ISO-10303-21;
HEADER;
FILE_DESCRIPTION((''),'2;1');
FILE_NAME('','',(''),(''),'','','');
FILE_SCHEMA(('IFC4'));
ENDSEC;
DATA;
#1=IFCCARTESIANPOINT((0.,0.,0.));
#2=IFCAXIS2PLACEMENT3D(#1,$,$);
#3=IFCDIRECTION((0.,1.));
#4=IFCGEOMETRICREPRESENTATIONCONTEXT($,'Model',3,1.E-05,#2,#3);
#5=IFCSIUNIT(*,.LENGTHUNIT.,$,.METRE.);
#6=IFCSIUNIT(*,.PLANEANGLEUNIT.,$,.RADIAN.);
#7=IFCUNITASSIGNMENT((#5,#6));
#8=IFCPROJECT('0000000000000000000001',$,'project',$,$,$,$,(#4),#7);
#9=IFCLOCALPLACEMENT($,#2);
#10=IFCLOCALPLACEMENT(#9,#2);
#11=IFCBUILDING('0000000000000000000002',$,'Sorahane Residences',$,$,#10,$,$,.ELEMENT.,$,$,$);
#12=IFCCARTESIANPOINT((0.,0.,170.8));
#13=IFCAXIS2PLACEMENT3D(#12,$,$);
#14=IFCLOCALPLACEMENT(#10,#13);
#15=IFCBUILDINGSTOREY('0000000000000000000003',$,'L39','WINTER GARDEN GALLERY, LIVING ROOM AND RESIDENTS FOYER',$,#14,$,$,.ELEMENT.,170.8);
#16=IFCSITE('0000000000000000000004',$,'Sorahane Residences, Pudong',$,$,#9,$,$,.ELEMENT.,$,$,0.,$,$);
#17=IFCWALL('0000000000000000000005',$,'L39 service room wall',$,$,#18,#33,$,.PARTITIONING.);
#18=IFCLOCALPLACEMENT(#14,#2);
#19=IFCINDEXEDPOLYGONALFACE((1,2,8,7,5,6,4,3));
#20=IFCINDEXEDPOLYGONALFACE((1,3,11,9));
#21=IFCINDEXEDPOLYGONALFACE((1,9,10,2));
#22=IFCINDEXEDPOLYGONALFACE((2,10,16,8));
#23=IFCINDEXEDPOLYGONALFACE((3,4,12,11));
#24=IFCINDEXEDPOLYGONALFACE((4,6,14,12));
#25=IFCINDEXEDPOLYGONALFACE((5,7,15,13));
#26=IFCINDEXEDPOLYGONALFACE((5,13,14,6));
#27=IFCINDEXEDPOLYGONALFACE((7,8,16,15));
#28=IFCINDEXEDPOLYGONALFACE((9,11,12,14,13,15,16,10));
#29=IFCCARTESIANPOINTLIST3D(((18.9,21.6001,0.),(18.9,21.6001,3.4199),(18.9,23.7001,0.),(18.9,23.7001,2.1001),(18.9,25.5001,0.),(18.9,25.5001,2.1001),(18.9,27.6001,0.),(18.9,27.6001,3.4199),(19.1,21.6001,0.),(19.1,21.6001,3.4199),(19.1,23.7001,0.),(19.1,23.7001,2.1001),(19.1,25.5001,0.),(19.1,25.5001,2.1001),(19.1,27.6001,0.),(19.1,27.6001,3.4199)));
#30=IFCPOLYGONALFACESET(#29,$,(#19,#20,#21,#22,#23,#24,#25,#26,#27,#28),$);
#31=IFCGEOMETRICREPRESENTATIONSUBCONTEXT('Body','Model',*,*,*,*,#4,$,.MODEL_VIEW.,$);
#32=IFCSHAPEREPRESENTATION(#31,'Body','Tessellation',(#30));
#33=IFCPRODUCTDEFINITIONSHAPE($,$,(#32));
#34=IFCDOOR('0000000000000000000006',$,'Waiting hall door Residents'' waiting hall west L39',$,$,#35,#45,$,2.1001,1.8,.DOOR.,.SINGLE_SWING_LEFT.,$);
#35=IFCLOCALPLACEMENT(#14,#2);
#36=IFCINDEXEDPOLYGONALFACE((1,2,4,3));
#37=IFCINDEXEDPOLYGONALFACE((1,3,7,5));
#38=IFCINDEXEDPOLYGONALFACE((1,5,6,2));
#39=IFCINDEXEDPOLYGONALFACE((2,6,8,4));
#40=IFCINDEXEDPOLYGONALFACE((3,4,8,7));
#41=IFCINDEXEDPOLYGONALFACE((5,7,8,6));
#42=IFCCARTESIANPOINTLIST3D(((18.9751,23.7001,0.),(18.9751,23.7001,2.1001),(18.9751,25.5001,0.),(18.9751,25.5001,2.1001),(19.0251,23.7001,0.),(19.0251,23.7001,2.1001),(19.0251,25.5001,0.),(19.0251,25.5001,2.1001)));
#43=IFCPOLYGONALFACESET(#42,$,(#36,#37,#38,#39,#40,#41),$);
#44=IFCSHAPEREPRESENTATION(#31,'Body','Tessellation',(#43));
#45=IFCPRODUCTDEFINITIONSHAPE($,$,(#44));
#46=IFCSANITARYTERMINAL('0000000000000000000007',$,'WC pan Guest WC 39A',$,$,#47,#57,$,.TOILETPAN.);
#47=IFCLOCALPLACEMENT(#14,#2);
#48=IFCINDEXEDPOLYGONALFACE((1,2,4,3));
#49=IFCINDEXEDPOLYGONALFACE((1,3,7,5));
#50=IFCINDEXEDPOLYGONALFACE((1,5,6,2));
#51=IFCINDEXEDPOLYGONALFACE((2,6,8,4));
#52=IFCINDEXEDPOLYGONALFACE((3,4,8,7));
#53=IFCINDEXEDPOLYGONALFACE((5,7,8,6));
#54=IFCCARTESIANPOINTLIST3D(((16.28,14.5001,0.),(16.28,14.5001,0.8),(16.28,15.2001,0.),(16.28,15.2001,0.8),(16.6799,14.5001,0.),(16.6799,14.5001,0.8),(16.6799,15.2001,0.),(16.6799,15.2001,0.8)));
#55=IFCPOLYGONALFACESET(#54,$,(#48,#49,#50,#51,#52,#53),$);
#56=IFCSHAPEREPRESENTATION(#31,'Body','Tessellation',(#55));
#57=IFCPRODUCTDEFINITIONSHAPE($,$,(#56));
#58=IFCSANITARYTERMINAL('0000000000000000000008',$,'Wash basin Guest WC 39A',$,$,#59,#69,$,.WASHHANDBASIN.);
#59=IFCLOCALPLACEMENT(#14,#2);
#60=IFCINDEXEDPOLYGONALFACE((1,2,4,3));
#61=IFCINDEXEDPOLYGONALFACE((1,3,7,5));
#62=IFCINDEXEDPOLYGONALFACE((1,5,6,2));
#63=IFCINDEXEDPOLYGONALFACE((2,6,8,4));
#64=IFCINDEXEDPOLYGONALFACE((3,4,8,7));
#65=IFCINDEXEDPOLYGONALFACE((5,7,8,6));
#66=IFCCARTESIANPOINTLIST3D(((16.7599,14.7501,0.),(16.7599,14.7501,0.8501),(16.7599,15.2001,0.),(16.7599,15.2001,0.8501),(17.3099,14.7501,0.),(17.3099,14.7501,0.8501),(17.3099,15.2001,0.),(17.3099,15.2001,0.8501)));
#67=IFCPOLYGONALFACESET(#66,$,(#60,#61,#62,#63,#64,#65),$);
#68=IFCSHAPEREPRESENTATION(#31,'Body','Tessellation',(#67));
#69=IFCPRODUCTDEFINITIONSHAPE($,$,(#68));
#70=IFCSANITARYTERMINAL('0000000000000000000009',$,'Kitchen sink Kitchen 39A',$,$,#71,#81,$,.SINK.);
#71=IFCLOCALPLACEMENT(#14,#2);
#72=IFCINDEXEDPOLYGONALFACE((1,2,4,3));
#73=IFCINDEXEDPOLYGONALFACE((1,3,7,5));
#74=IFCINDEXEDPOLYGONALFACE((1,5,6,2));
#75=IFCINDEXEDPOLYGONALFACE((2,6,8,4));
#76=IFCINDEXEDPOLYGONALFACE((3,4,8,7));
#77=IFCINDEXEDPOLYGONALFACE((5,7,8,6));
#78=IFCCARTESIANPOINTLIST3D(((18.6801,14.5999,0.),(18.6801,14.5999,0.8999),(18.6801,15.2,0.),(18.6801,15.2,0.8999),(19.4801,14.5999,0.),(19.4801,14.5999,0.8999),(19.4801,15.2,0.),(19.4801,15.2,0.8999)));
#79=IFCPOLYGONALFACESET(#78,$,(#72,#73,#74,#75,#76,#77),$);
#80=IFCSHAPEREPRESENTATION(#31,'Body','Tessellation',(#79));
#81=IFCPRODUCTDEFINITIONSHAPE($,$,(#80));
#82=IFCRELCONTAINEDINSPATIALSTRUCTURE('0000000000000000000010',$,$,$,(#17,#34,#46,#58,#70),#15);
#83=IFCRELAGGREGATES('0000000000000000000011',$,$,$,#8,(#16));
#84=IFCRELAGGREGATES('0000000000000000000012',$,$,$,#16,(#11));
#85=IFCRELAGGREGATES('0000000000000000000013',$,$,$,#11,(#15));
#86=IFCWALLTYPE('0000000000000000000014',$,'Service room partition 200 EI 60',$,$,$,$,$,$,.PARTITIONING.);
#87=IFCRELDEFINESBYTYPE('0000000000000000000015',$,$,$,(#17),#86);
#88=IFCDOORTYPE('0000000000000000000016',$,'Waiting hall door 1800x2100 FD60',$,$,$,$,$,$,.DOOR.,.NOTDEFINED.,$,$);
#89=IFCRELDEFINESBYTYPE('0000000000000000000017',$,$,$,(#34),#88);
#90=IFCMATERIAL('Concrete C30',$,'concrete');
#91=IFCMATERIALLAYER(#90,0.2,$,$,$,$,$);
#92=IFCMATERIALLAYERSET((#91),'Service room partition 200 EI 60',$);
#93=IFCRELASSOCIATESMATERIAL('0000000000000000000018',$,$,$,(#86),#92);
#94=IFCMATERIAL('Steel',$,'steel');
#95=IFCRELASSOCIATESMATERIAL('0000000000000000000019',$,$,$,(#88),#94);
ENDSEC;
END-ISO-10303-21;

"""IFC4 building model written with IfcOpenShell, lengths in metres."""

from ifc_helpers import new_model, si_unit, direction, frame, frame_2d, origin, origin_2d, place, context, subcontext, project, spatial, rectangle, extrude, material, layer, layer_set, type_object, element, fill, save


model = new_model("IFC4")

# Units and contexts
model_context = context("Model", 3, precision=1e-05, world=origin(), true_north=direction((0.0, 1.0)))
body_context = subcontext(model_context, "Body", "Model", "MODEL_VIEW")
ifc_project = project(units=[si_unit("LENGTHUNIT", "METRE"), si_unit("PLANEANGLEUNIT", "RADIAN")], contexts=[model_context])

# Site, building, storey
site_placement = place(None, origin())
site = spatial("IfcSite", under=ifc_project, at=site_placement, Name="Sorahane Residences, Pudong", CompositionType="ELEMENT", RefElevation=0.0)
building_placement = place(site_placement, origin())
building = spatial("IfcBuilding", under=site, at=building_placement, Name="Sorahane Residences", CompositionType="ELEMENT")
storey_placement = place(building_placement, frame((0.0, 0.0, 170.8)))
storey = spatial("IfcBuildingStorey", under=building, at=storey_placement, Name="L39", Description="WINTER GARDEN GALLERY, LIVING ROOM AND RESIDENTS FOYER", CompositionType="ELEMENT", Elevation=170.8)

# Wall, opening, door
ifc_material_1 = material(Name="Concrete C30", Category="concrete")
ifc_layer_1 = layer(ifc_material_1, 0.2)
ifc_layer_set_1 = layer_set([ifc_layer_1], Name="Service room partition 200 EI 60")
wall_type_1 = type_object("IfcWallType", Name="Service room partition 200 EI 60", PredefinedType="PARTITIONING", material=ifc_layer_set_1)
wall_1_placement = place(storey_placement, frame((19.0, 21.6001, 0.0), z_axis=(0.0, 0.0, 1.0), x_axis=(0.0, 1.0, 0.0)))
wall_1 = element("IfcWall", 1, at=wall_1_placement, inside=storey, type_object=wall_type_1, Name="L39 service room wall", PredefinedType="PARTITIONING", context=body_context, shape_type="SweptSolid", body=[
    extrude(rectangle(XDim=6.0, YDim=0.2, at=frame_2d((3.0, 0.0))), origin(), (0.0, 0.0, 1.0), 3.4199),
])
opening_1_placement = place(wall_1_placement, frame((2.1001, 0.0, 0.0)))
opening_1 = element("IfcOpeningElement", 2, at=opening_1_placement, cuts=wall_1, PredefinedType="OPENING", context=body_context, shape_type="SweptSolid", body=[
    extrude(rectangle(XDim=1.8, YDim=2.1001, at=frame_2d((0.8999, 1.05))), frame((0.0, 0.1099, 0.0), z_axis=(0.0, -1.0, 0.0), x_axis=(1.0, 0.0, 0.0)), (0.0, 0.0, 1.0), 0.22),
])
ifc_material_2 = material(Name="Steel", Category="steel")
door_type_1 = type_object("IfcDoorType", Name="Waiting hall door 1800x2100 FD60", OperationType="NOTDEFINED", PredefinedType="DOOR", material=ifc_material_2)
door_1_placement = place(opening_1_placement, origin())
door_1 = element("IfcDoor", 3, at=door_1_placement, inside=storey, type_object=door_type_1, Name="Waiting hall door Residents' waiting hall west L39", OperationType="SINGLE_SWING_LEFT", OverallHeight=2.1001, OverallWidth=1.8, PredefinedType="DOOR", context=body_context, shape_type="SweptSolid", body=[
    extrude(rectangle(XDim=1.8, YDim=2.1001, at=frame_2d((0.8999, 1.05))), frame((0.0, 0.0249, 0.0), z_axis=(0.0, -1.0, 0.0), x_axis=(1.0, 0.0, 0.0)), (0.0, 0.0, 1.0), 0.05),
])
fill(opening_1, door_1)

# Sanitary terminals
sanitary_terminal_1_placement = place(storey_placement, frame((16.48, 14.8501, 0.0), z_axis=(0.0, 0.0, 1.0), x_axis=(1.0, 0.0, 0.0)))
element("IfcSanitaryTerminal", 4, at=sanitary_terminal_1_placement, inside=storey, Name="WC pan Guest WC 39A", PredefinedType="TOILETPAN", context=body_context, shape_type="SweptSolid", body=[
    extrude(rectangle(XDim=0.3999, YDim=0.7, at=origin_2d()), origin(), (0.0, 0.0, 1.0), 0.8),
])
sanitary_terminal_2_placement = place(storey_placement, frame((17.0349, 14.9751, 0.0), z_axis=(0.0, 0.0, 1.0), x_axis=(1.0, 0.0, 0.0)))
element("IfcSanitaryTerminal", 5, at=sanitary_terminal_2_placement, inside=storey, Name="Wash basin Guest WC 39A", PredefinedType="WASHHANDBASIN", context=body_context, shape_type="SweptSolid", body=[
    extrude(rectangle(XDim=0.55, YDim=0.45, at=origin_2d()), origin(), (0.0, 0.0, 1.0), 0.8501),
])
sanitary_terminal_3_placement = place(storey_placement, frame((19.0801, 14.8999, 0.0), z_axis=(0.0, 0.0, 1.0), x_axis=(1.0, 0.0, 0.0)))
element("IfcSanitaryTerminal", 6, at=sanitary_terminal_3_placement, inside=storey, Name="Kitchen sink Kitchen 39A", PredefinedType="SINK", context=body_context, shape_type="SweptSolid", body=[
    extrude(rectangle(XDim=0.8, YDim=0.6001, at=origin_2d()), origin(), (0.0, 0.0, 1.0), 0.8999),
])

save(model, "model.ifc")
